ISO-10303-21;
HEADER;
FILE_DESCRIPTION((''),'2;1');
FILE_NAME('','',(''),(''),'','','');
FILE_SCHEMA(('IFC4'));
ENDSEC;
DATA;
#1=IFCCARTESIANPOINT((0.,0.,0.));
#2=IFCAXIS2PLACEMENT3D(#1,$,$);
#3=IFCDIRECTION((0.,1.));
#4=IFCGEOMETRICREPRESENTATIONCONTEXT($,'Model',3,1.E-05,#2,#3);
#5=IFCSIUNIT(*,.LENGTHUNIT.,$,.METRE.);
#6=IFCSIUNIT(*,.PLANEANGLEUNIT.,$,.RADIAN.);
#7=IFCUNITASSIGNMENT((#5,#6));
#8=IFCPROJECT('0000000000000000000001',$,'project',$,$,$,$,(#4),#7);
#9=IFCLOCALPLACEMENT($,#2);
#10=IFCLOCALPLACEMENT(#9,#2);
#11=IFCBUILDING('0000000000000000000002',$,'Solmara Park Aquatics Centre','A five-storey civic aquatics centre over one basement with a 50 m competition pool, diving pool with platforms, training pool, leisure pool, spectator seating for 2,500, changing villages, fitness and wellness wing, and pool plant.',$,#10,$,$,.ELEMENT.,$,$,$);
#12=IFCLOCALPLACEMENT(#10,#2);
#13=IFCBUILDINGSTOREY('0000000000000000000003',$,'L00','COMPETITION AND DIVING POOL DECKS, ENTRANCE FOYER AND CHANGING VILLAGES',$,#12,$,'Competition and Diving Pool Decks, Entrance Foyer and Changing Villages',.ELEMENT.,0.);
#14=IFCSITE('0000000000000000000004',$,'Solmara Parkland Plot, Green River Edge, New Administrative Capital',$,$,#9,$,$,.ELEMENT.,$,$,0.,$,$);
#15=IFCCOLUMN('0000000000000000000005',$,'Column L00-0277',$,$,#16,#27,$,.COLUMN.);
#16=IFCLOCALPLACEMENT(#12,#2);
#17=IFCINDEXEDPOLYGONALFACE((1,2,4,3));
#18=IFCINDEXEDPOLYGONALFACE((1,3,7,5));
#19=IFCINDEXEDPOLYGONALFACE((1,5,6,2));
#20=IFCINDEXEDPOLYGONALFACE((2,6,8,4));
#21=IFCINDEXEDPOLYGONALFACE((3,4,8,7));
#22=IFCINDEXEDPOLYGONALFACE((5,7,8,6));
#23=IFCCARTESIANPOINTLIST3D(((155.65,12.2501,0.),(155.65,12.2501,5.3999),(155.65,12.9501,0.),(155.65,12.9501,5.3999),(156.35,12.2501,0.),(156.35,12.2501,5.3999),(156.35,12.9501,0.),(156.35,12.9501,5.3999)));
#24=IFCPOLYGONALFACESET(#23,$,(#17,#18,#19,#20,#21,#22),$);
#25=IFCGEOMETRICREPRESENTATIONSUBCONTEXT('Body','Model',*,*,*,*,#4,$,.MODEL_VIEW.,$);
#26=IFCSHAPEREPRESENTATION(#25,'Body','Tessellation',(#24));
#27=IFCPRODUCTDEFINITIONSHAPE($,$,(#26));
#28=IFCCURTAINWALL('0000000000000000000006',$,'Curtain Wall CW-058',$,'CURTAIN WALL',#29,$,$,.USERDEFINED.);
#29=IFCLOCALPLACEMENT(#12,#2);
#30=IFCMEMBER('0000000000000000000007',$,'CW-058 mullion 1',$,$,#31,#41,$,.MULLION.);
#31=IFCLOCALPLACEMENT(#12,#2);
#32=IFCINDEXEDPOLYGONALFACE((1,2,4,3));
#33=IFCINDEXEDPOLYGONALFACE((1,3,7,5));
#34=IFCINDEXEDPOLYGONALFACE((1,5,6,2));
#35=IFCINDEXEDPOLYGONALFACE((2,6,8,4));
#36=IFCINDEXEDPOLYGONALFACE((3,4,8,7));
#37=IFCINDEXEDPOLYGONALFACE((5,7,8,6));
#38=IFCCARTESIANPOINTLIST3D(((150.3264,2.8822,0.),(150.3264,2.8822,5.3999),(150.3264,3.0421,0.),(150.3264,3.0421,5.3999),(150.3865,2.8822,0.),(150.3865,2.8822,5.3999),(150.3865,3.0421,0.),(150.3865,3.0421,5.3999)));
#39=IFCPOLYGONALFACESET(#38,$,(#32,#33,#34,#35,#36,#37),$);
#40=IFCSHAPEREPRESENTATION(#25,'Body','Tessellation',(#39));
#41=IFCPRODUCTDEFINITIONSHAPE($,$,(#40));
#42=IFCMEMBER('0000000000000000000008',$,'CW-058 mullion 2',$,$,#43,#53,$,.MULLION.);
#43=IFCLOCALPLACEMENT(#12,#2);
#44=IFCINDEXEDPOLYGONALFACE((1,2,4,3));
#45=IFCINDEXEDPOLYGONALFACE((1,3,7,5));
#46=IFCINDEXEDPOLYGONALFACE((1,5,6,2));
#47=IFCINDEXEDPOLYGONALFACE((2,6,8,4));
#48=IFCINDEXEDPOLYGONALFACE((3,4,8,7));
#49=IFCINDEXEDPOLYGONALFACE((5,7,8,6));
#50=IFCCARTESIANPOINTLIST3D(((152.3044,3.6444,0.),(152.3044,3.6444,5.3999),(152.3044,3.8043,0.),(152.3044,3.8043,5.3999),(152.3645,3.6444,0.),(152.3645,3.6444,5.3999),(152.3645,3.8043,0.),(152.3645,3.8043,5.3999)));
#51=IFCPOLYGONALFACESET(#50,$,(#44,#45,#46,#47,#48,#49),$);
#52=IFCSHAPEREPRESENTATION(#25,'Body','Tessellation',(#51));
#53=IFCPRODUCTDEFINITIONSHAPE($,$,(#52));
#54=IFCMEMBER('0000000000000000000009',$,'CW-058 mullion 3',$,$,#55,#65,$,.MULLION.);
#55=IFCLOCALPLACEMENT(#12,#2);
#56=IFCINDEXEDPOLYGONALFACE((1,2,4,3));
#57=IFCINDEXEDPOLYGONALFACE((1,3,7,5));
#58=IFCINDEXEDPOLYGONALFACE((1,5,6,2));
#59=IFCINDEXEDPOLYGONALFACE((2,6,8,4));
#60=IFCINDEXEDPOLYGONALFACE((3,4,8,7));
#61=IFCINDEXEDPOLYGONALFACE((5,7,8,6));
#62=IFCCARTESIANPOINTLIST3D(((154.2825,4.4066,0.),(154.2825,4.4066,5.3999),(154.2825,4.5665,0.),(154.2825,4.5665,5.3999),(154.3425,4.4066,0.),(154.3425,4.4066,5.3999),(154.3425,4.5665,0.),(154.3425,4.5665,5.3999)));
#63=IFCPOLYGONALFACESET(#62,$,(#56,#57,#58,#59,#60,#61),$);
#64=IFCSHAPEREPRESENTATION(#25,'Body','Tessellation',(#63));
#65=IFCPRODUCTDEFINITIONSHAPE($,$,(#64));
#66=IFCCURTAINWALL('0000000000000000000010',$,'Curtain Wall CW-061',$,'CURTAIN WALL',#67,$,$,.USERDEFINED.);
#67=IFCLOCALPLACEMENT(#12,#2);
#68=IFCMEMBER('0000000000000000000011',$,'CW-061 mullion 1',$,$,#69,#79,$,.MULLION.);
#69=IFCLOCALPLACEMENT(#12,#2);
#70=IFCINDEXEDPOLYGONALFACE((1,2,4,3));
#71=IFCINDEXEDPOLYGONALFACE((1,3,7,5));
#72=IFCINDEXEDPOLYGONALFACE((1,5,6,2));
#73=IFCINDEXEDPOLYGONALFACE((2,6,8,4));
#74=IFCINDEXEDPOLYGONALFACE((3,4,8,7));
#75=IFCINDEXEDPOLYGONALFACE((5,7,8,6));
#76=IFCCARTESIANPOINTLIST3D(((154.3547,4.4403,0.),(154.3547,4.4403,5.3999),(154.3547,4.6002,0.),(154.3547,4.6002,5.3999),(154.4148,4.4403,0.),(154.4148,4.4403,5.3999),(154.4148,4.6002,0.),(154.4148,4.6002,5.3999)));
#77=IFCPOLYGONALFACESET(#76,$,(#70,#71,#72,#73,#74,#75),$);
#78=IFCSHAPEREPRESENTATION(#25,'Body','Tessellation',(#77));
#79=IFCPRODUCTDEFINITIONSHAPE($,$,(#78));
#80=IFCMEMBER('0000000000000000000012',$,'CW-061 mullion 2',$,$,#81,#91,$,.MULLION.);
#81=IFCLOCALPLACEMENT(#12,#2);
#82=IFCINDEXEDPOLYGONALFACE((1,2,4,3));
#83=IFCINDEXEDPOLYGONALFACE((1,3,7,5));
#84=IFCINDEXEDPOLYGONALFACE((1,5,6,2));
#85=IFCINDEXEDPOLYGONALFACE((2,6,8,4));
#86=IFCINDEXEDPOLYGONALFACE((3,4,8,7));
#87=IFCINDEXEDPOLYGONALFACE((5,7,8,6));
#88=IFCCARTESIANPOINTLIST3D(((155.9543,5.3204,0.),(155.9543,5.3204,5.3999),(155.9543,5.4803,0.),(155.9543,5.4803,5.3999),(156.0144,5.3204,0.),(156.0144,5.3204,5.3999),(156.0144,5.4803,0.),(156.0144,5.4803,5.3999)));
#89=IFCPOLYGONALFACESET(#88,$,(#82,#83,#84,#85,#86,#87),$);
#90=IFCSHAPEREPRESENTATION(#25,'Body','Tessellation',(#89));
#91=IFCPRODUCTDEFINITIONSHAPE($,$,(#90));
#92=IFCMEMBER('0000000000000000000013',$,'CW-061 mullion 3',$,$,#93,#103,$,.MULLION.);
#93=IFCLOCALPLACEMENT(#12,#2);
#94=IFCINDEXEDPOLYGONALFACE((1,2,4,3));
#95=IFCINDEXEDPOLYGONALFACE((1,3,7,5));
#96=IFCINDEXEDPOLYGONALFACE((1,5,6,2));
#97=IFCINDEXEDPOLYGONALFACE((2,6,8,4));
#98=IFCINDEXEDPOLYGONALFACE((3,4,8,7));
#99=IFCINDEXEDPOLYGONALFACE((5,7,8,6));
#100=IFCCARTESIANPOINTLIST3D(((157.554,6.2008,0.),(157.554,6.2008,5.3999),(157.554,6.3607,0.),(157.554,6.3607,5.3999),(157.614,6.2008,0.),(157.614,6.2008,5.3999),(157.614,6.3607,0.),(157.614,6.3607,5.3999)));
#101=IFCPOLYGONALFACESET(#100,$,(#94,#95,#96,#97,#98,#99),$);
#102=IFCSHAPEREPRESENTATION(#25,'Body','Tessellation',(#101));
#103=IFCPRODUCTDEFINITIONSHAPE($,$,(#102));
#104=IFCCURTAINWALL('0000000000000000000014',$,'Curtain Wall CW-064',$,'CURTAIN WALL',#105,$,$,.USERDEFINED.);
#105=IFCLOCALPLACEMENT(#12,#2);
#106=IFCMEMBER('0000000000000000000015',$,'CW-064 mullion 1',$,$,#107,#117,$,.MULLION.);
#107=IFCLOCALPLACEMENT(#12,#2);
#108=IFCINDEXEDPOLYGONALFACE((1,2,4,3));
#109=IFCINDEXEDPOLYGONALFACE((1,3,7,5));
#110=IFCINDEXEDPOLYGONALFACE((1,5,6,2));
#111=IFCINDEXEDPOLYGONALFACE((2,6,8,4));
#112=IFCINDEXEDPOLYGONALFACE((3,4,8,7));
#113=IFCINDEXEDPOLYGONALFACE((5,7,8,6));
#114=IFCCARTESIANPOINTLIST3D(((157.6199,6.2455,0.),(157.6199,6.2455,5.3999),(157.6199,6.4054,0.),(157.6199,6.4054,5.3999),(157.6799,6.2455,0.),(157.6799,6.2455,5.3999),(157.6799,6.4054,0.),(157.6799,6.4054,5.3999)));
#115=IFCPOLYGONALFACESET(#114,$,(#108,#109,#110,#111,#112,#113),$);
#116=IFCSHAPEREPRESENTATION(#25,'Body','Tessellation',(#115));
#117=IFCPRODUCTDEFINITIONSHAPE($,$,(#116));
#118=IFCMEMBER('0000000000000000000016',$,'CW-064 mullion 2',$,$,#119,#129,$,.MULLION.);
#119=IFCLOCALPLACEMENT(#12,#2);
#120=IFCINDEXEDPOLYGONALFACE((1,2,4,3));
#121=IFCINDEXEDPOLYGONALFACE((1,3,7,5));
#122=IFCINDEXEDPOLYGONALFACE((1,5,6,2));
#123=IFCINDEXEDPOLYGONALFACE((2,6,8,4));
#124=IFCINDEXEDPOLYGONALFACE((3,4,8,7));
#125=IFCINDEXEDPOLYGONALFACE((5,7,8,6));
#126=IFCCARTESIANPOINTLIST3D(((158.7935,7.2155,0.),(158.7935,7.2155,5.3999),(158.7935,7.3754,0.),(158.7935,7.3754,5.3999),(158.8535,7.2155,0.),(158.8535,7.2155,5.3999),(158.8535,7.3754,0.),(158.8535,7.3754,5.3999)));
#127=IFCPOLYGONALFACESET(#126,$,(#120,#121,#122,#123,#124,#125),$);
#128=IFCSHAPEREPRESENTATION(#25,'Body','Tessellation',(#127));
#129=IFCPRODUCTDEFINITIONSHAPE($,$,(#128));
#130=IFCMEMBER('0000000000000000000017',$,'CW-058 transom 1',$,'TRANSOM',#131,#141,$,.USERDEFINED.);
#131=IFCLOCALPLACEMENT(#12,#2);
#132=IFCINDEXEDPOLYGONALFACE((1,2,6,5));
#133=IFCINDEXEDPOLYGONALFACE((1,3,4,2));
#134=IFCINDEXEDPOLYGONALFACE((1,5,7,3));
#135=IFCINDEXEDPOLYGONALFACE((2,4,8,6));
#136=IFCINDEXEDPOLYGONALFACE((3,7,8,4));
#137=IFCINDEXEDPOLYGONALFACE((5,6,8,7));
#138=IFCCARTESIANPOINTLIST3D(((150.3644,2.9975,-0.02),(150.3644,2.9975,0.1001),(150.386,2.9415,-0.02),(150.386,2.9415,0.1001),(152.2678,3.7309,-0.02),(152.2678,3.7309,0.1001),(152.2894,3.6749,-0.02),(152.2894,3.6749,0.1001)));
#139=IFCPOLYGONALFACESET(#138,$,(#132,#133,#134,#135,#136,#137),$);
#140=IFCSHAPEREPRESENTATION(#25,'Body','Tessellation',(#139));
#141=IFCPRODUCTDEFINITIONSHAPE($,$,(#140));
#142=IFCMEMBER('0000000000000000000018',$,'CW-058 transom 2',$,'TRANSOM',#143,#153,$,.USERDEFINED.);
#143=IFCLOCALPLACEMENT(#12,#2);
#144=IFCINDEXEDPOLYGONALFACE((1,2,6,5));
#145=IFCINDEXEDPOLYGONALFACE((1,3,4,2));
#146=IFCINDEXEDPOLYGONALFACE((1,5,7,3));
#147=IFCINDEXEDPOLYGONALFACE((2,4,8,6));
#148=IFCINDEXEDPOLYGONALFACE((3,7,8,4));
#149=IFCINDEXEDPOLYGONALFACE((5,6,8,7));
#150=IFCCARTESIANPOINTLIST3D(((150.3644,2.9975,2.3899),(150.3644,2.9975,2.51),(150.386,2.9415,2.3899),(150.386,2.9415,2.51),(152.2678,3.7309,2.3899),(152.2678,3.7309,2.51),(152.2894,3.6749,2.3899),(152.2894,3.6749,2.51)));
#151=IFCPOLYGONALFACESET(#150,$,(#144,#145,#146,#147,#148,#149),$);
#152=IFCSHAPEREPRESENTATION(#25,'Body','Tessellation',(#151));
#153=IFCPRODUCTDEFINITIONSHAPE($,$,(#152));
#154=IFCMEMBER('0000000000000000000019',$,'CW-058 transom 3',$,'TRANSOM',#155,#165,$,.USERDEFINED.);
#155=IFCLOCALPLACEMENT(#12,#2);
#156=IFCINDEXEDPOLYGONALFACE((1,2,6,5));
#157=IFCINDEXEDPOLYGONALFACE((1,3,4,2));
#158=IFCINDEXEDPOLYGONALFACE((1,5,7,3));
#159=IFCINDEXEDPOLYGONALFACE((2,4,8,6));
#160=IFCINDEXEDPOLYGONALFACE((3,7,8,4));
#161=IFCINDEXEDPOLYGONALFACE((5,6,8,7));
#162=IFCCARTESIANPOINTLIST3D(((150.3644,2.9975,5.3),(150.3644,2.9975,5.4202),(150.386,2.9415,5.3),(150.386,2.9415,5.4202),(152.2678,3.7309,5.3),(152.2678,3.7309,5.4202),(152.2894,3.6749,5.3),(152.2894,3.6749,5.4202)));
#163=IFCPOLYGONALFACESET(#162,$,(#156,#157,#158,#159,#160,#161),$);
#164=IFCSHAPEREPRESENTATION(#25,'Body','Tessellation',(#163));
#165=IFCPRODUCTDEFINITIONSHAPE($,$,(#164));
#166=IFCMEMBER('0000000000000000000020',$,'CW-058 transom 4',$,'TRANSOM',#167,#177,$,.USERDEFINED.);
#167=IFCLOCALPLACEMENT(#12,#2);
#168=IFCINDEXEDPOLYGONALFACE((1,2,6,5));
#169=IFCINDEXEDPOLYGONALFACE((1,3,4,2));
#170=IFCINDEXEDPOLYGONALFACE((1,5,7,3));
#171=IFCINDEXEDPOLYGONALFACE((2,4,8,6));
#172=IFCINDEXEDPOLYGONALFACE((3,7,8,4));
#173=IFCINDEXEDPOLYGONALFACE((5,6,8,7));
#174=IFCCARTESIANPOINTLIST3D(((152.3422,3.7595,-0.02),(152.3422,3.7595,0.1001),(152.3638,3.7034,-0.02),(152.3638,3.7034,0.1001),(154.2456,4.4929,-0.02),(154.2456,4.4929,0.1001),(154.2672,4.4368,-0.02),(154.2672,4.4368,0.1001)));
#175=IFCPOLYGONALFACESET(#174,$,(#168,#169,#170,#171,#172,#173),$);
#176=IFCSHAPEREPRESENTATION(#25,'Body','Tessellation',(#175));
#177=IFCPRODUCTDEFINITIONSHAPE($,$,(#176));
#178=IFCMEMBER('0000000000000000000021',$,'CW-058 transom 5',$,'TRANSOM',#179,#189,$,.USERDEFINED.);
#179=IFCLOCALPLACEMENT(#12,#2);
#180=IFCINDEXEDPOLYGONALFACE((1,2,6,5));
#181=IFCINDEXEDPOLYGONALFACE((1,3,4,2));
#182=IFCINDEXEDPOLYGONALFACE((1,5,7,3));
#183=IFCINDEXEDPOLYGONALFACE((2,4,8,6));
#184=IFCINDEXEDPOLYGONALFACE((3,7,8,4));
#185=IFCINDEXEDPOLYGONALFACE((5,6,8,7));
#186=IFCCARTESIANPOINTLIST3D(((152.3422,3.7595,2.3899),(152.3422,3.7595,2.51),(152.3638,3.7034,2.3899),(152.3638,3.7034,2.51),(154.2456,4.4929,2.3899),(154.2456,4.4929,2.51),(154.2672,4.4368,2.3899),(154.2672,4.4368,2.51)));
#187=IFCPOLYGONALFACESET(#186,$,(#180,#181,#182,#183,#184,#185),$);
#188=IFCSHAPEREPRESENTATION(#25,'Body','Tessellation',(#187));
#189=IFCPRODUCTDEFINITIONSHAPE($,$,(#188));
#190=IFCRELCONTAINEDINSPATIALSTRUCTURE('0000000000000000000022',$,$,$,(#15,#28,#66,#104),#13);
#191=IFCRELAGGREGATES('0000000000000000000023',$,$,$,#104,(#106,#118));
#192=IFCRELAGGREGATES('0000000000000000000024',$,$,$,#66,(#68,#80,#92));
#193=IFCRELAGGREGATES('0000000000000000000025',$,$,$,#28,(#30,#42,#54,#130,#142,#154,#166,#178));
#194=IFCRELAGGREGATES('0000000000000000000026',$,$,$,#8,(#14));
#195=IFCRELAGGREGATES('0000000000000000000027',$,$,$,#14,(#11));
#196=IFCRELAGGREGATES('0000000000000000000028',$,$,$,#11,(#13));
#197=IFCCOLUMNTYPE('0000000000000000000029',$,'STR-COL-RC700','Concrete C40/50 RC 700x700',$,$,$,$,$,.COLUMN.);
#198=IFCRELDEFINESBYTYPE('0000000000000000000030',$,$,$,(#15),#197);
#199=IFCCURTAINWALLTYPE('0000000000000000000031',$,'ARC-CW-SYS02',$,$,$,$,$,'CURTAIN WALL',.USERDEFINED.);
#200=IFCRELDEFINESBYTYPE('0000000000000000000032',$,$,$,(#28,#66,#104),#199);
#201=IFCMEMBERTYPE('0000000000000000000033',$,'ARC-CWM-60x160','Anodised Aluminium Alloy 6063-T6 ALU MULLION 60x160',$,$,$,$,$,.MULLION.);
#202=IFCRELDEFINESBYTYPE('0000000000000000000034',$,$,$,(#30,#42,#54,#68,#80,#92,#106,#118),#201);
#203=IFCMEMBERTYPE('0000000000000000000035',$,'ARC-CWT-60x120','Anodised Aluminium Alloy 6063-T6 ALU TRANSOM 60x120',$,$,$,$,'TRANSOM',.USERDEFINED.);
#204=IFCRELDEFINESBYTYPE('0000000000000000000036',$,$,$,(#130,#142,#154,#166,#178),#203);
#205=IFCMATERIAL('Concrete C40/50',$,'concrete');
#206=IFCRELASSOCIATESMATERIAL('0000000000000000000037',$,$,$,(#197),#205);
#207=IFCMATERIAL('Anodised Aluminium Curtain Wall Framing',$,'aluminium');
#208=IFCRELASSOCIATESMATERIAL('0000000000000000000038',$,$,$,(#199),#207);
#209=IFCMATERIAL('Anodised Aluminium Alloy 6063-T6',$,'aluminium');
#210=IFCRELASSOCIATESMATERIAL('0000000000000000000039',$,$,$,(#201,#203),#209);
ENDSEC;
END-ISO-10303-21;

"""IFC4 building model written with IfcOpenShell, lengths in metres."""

from ifc_helpers import new_model, si_unit, direction, frame, origin, origin_2d, place, context, subcontext, project, spatial, rectangle, extrude, material, material_profile, profile_set, type_object, element, aggregate, save


model = new_model("IFC4")

# Units and contexts
model_context = context("Model", 3, precision=1e-05, world=origin(), true_north=direction((0.0, 1.0)))
body_context = subcontext(model_context, "Body", "Model", "MODEL_VIEW")
ifc_project = project(units=[si_unit("LENGTHUNIT", "METRE"), si_unit("PLANEANGLEUNIT", "RADIAN")], contexts=[model_context])

# Site, building, storey
site_placement = place(None, origin())
site = spatial("IfcSite", under=ifc_project, at=site_placement, Name="Solmara Parkland Plot, Green River Edge, New Administrative Capital", CompositionType="ELEMENT", RefElevation=0.0)
building_placement = place(site_placement, origin())
building = spatial("IfcBuilding", under=site, at=building_placement, Name="Solmara Park Aquatics Centre", Description="A five-storey civic aquatics centre over one basement with a 50 m competition pool, diving pool with platforms, training pool, leisure pool, spectator seating for 2,500, changing villages, fitness and wellness wing, and pool plant.", CompositionType="ELEMENT")
storey_placement = place(building_placement, origin())
storey = spatial("IfcBuildingStorey", under=building, at=storey_placement, Name="L00", Description="COMPETITION AND DIVING POOL DECKS, ENTRANCE FOYER AND CHANGING VILLAGES", LongName="Competition and Diving Pool Decks, Entrance Foyer and Changing Villages", CompositionType="ELEMENT", Elevation=0.0)

# Column
ifc_material_1 = material(Name="Concrete C40/50", Category="concrete")
ifc_material_profile_1 = material_profile(ifc_material_1, rectangle(XDim=0.7, YDim=0.7, at=origin_2d()), Name="RC 700x700")
ifc_profile_set_1 = profile_set([ifc_material_profile_1], Name="Concrete C40/50")
column_type = type_object("IfcColumnType", Name="STR-COL-RC700", Description="Concrete C40/50 RC 700x700", PredefinedType="COLUMN", material=ifc_profile_set_1)
column_placement = place(storey_placement, frame((156.0, 12.6001, 0.0), z_axis=(0.0, 0.0, 1.0), x_axis=(1.0, 0.0, 0.0)))
element("IfcColumn", 1, at=column_placement, inside=storey, type_object=column_type, Name="Column L00-0277", PredefinedType="COLUMN", context=body_context, shape_type="SweptSolid", body=[
    extrude(rectangle(XDim=0.7, YDim=0.7, at=origin_2d()), origin(), (0.0, 0.0, 1.0), 5.3999),
])

# Curtain walls, members
ifc_material_2 = material(Name="Anodised Aluminium Curtain Wall Framing", Category="aluminium")
curtain_wall_type = type_object("IfcCurtainWallType", Name="ARC-CW-SYS02", ElementType="CURTAIN WALL", PredefinedType="USERDEFINED", material=ifc_material_2)
curtain_wall_1_placement = place(storey_placement, origin())
curtain_wall_1 = element("IfcCurtainWall", 2, at=curtain_wall_1_placement, inside=storey, type_object=curtain_wall_type, Name="Curtain Wall CW-058", ObjectType="CURTAIN WALL", PredefinedType="USERDEFINED")
ifc_material_3 = material(Name="Anodised Aluminium Alloy 6063-T6", Category="aluminium")
ifc_material_profile_2 = material_profile(ifc_material_3, rectangle(XDim=0.0601, YDim=0.1599, at=origin_2d()), Name="ALU MULLION 60x160")
ifc_profile_set_2 = profile_set([ifc_material_profile_2], Name="Anodised Aluminium Alloy 6063-T6")
member_type_1 = type_object("IfcMemberType", Name="ARC-CWM-60x160", Description="Anodised Aluminium Alloy 6063-T6 ALU MULLION 60x160", PredefinedType="MULLION", material=ifc_profile_set_2)
member_1_placement = place(storey_placement, frame((150.3564, 2.9622, 0.0), z_axis=(0.0, 0.0, 1.0), x_axis=(1.0, 0.0, 0.0)))
member_1 = element("IfcMember", 3, at=member_1_placement, type_object=member_type_1, Name="CW-058 mullion 1", PredefinedType="MULLION", context=body_context, shape_type="SweptSolid", body=[
    extrude(rectangle(XDim=0.0601, YDim=0.1599, at=origin_2d()), origin(), (0.0, 0.0, 1.0), 5.3999),
])
member_2_placement = place(storey_placement, frame((152.3345, 3.7244, 0.0), z_axis=(0.0, 0.0, 1.0), x_axis=(1.0, 0.0, 0.0)))
member_2 = element("IfcMember", 4, at=member_2_placement, type_object=member_type_1, Name="CW-058 mullion 2", PredefinedType="MULLION", context=body_context, shape_type="SweptSolid", body=[
    extrude(rectangle(XDim=0.0601, YDim=0.1599, at=origin_2d()), origin(), (0.0, 0.0, 1.0), 5.3999),
])
member_3_placement = place(storey_placement, frame((154.3125, 4.4866, 0.0), z_axis=(0.0, 0.0, 1.0), x_axis=(1.0, 0.0, 0.0)))
member_3 = element("IfcMember", 5, at=member_3_placement, type_object=member_type_1, Name="CW-058 mullion 3", PredefinedType="MULLION", context=body_context, shape_type="SweptSolid", body=[
    extrude(rectangle(XDim=0.0601, YDim=0.1599, at=origin_2d()), origin(), (0.0, 0.0, 1.0), 5.3999),
])
curtain_wall_2_placement = place(storey_placement, origin())
curtain_wall_2 = element("IfcCurtainWall", 6, at=curtain_wall_2_placement, inside=storey, type_object=curtain_wall_type, Name="Curtain Wall CW-061", ObjectType="CURTAIN WALL", PredefinedType="USERDEFINED")
member_4_placement = place(storey_placement, frame((154.3848, 4.5203, 0.0), z_axis=(0.0, 0.0, 1.0), x_axis=(1.0, 0.0, 0.0)))
member_4 = element("IfcMember", 7, at=member_4_placement, type_object=member_type_1, Name="CW-061 mullion 1", PredefinedType="MULLION", context=body_context, shape_type="SweptSolid", body=[
    extrude(rectangle(XDim=0.0601, YDim=0.1599, at=origin_2d()), origin(), (0.0, 0.0, 1.0), 5.3999),
])
member_5_placement = place(storey_placement, frame((155.9844, 5.4004, 0.0), z_axis=(0.0, 0.0, 1.0), x_axis=(1.0, 0.0, 0.0)))
member_5 = element("IfcMember", 8, at=member_5_placement, type_object=member_type_1, Name="CW-061 mullion 2", PredefinedType="MULLION", context=body_context, shape_type="SweptSolid", body=[
    extrude(rectangle(XDim=0.0601, YDim=0.1599, at=origin_2d()), origin(), (0.0, 0.0, 1.0), 5.3999),
])
member_6_placement = place(storey_placement, frame((157.584, 6.2808, 0.0), z_axis=(0.0, 0.0, 1.0), x_axis=(1.0, 0.0, 0.0)))
member_6 = element("IfcMember", 9, at=member_6_placement, type_object=member_type_1, Name="CW-061 mullion 3", PredefinedType="MULLION", context=body_context, shape_type="SweptSolid", body=[
    extrude(rectangle(XDim=0.0601, YDim=0.1599, at=origin_2d()), origin(), (0.0, 0.0, 1.0), 5.3999),
])
curtain_wall_3_placement = place(storey_placement, origin())
curtain_wall_3 = element("IfcCurtainWall", 10, at=curtain_wall_3_placement, inside=storey, type_object=curtain_wall_type, Name="Curtain Wall CW-064", ObjectType="CURTAIN WALL", PredefinedType="USERDEFINED")
member_7_placement = place(storey_placement, frame((157.6499, 6.3254, 0.0), z_axis=(0.0, 0.0, 1.0), x_axis=(1.0, 0.0, 0.0)))
member_7 = element("IfcMember", 11, at=member_7_placement, type_object=member_type_1, Name="CW-064 mullion 1", PredefinedType="MULLION", context=body_context, shape_type="SweptSolid", body=[
    extrude(rectangle(XDim=0.0601, YDim=0.1599, at=origin_2d()), origin(), (0.0, 0.0, 1.0), 5.3999),
])
member_8_placement = place(storey_placement, frame((158.8235, 7.2954, 0.0), z_axis=(0.0, 0.0, 1.0), x_axis=(1.0, 0.0, 0.0)))
member_8 = element("IfcMember", 12, at=member_8_placement, type_object=member_type_1, Name="CW-064 mullion 2", PredefinedType="MULLION", context=body_context, shape_type="SweptSolid", body=[
    extrude(rectangle(XDim=0.0601, YDim=0.1599, at=origin_2d()), origin(), (0.0, 0.0, 1.0), 5.3999),
])

# Members
ifc_material_profile_3 = material_profile(ifc_material_3, rectangle(XDim=0.0601, YDim=0.1201, at=origin_2d()), Name="ALU TRANSOM 60x120")
ifc_profile_set_3 = profile_set([ifc_material_profile_3], Name="Anodised Aluminium Alloy 6063-T6")
member_type_2 = type_object("IfcMemberType", Name="ARC-CWT-60x120", Description="Anodised Aluminium Alloy 6063-T6 ALU TRANSOM 60x120", ElementType="TRANSOM", PredefinedType="USERDEFINED", material=ifc_profile_set_3)
member_9_placement = place(storey_placement, frame((150.3752, 2.9695, 0.04), z_axis=(0.933123, 0.359556, 0.0), x_axis=(-0.359556, 0.933123, 0.0)))
member_9 = element("IfcMember", 13, at=member_9_placement, type_object=member_type_2, Name="CW-058 transom 1", ObjectType="TRANSOM", PredefinedType="USERDEFINED", context=body_context, shape_type="SweptSolid", body=[
    extrude(rectangle(XDim=0.0601, YDim=0.1201, at=origin_2d()), origin(), (0.0, 0.0, 1.0), 2.0398),
])
member_10_placement = place(storey_placement, frame((150.3752, 2.9695, 2.45), z_axis=(0.933123, 0.359556, 0.0), x_axis=(-0.359556, 0.933123, 0.0)))
member_10 = element("IfcMember", 14, at=member_10_placement, type_object=member_type_2, Name="CW-058 transom 2", ObjectType="TRANSOM", PredefinedType="USERDEFINED", context=body_context, shape_type="SweptSolid", body=[
    extrude(rectangle(XDim=0.0601, YDim=0.1201, at=origin_2d()), origin(), (0.0, 0.0, 1.0), 2.0398),
])
member_11_placement = place(storey_placement, frame((150.3752, 2.9695, 5.3601), z_axis=(0.933123, 0.359556, 0.0), x_axis=(-0.359556, 0.933123, 0.0)))
member_11 = element("IfcMember", 15, at=member_11_placement, type_object=member_type_2, Name="CW-058 transom 3", ObjectType="TRANSOM", PredefinedType="USERDEFINED", context=body_context, shape_type="SweptSolid", body=[
    extrude(rectangle(XDim=0.0601, YDim=0.1201, at=origin_2d()), origin(), (0.0, 0.0, 1.0), 2.0398),
])
member_12_placement = place(storey_placement, frame((152.353, 3.7314, 0.04), z_axis=(0.933123, 0.359556, 0.0), x_axis=(-0.359556, 0.933123, 0.0)))
member_12 = element("IfcMember", 16, at=member_12_placement, type_object=member_type_2, Name="CW-058 transom 4", ObjectType="TRANSOM", PredefinedType="USERDEFINED", context=body_context, shape_type="SweptSolid", body=[
    extrude(rectangle(XDim=0.0601, YDim=0.1201, at=origin_2d()), origin(), (0.0, 0.0, 1.0), 2.0398),
])
member_13_placement = place(storey_placement, frame((152.353, 3.7314, 2.45), z_axis=(0.933123, 0.359556, 0.0), x_axis=(-0.359556, 0.933123, 0.0)))
member_13 = element("IfcMember", 17, at=member_13_placement, type_object=member_type_2, Name="CW-058 transom 5", ObjectType="TRANSOM", PredefinedType="USERDEFINED", context=body_context, shape_type="SweptSolid", body=[
    extrude(rectangle(XDim=0.0601, YDim=0.1201, at=origin_2d()), origin(), (0.0, 0.0, 1.0), 2.0398),
])

aggregate(curtain_wall_3, [member_7, member_8])
aggregate(curtain_wall_2, [member_4, member_5, member_6])
aggregate(curtain_wall_1, [member_1, member_2, member_3, member_9, member_10, member_11, member_12, member_13])

save(model, "model.ifc")
